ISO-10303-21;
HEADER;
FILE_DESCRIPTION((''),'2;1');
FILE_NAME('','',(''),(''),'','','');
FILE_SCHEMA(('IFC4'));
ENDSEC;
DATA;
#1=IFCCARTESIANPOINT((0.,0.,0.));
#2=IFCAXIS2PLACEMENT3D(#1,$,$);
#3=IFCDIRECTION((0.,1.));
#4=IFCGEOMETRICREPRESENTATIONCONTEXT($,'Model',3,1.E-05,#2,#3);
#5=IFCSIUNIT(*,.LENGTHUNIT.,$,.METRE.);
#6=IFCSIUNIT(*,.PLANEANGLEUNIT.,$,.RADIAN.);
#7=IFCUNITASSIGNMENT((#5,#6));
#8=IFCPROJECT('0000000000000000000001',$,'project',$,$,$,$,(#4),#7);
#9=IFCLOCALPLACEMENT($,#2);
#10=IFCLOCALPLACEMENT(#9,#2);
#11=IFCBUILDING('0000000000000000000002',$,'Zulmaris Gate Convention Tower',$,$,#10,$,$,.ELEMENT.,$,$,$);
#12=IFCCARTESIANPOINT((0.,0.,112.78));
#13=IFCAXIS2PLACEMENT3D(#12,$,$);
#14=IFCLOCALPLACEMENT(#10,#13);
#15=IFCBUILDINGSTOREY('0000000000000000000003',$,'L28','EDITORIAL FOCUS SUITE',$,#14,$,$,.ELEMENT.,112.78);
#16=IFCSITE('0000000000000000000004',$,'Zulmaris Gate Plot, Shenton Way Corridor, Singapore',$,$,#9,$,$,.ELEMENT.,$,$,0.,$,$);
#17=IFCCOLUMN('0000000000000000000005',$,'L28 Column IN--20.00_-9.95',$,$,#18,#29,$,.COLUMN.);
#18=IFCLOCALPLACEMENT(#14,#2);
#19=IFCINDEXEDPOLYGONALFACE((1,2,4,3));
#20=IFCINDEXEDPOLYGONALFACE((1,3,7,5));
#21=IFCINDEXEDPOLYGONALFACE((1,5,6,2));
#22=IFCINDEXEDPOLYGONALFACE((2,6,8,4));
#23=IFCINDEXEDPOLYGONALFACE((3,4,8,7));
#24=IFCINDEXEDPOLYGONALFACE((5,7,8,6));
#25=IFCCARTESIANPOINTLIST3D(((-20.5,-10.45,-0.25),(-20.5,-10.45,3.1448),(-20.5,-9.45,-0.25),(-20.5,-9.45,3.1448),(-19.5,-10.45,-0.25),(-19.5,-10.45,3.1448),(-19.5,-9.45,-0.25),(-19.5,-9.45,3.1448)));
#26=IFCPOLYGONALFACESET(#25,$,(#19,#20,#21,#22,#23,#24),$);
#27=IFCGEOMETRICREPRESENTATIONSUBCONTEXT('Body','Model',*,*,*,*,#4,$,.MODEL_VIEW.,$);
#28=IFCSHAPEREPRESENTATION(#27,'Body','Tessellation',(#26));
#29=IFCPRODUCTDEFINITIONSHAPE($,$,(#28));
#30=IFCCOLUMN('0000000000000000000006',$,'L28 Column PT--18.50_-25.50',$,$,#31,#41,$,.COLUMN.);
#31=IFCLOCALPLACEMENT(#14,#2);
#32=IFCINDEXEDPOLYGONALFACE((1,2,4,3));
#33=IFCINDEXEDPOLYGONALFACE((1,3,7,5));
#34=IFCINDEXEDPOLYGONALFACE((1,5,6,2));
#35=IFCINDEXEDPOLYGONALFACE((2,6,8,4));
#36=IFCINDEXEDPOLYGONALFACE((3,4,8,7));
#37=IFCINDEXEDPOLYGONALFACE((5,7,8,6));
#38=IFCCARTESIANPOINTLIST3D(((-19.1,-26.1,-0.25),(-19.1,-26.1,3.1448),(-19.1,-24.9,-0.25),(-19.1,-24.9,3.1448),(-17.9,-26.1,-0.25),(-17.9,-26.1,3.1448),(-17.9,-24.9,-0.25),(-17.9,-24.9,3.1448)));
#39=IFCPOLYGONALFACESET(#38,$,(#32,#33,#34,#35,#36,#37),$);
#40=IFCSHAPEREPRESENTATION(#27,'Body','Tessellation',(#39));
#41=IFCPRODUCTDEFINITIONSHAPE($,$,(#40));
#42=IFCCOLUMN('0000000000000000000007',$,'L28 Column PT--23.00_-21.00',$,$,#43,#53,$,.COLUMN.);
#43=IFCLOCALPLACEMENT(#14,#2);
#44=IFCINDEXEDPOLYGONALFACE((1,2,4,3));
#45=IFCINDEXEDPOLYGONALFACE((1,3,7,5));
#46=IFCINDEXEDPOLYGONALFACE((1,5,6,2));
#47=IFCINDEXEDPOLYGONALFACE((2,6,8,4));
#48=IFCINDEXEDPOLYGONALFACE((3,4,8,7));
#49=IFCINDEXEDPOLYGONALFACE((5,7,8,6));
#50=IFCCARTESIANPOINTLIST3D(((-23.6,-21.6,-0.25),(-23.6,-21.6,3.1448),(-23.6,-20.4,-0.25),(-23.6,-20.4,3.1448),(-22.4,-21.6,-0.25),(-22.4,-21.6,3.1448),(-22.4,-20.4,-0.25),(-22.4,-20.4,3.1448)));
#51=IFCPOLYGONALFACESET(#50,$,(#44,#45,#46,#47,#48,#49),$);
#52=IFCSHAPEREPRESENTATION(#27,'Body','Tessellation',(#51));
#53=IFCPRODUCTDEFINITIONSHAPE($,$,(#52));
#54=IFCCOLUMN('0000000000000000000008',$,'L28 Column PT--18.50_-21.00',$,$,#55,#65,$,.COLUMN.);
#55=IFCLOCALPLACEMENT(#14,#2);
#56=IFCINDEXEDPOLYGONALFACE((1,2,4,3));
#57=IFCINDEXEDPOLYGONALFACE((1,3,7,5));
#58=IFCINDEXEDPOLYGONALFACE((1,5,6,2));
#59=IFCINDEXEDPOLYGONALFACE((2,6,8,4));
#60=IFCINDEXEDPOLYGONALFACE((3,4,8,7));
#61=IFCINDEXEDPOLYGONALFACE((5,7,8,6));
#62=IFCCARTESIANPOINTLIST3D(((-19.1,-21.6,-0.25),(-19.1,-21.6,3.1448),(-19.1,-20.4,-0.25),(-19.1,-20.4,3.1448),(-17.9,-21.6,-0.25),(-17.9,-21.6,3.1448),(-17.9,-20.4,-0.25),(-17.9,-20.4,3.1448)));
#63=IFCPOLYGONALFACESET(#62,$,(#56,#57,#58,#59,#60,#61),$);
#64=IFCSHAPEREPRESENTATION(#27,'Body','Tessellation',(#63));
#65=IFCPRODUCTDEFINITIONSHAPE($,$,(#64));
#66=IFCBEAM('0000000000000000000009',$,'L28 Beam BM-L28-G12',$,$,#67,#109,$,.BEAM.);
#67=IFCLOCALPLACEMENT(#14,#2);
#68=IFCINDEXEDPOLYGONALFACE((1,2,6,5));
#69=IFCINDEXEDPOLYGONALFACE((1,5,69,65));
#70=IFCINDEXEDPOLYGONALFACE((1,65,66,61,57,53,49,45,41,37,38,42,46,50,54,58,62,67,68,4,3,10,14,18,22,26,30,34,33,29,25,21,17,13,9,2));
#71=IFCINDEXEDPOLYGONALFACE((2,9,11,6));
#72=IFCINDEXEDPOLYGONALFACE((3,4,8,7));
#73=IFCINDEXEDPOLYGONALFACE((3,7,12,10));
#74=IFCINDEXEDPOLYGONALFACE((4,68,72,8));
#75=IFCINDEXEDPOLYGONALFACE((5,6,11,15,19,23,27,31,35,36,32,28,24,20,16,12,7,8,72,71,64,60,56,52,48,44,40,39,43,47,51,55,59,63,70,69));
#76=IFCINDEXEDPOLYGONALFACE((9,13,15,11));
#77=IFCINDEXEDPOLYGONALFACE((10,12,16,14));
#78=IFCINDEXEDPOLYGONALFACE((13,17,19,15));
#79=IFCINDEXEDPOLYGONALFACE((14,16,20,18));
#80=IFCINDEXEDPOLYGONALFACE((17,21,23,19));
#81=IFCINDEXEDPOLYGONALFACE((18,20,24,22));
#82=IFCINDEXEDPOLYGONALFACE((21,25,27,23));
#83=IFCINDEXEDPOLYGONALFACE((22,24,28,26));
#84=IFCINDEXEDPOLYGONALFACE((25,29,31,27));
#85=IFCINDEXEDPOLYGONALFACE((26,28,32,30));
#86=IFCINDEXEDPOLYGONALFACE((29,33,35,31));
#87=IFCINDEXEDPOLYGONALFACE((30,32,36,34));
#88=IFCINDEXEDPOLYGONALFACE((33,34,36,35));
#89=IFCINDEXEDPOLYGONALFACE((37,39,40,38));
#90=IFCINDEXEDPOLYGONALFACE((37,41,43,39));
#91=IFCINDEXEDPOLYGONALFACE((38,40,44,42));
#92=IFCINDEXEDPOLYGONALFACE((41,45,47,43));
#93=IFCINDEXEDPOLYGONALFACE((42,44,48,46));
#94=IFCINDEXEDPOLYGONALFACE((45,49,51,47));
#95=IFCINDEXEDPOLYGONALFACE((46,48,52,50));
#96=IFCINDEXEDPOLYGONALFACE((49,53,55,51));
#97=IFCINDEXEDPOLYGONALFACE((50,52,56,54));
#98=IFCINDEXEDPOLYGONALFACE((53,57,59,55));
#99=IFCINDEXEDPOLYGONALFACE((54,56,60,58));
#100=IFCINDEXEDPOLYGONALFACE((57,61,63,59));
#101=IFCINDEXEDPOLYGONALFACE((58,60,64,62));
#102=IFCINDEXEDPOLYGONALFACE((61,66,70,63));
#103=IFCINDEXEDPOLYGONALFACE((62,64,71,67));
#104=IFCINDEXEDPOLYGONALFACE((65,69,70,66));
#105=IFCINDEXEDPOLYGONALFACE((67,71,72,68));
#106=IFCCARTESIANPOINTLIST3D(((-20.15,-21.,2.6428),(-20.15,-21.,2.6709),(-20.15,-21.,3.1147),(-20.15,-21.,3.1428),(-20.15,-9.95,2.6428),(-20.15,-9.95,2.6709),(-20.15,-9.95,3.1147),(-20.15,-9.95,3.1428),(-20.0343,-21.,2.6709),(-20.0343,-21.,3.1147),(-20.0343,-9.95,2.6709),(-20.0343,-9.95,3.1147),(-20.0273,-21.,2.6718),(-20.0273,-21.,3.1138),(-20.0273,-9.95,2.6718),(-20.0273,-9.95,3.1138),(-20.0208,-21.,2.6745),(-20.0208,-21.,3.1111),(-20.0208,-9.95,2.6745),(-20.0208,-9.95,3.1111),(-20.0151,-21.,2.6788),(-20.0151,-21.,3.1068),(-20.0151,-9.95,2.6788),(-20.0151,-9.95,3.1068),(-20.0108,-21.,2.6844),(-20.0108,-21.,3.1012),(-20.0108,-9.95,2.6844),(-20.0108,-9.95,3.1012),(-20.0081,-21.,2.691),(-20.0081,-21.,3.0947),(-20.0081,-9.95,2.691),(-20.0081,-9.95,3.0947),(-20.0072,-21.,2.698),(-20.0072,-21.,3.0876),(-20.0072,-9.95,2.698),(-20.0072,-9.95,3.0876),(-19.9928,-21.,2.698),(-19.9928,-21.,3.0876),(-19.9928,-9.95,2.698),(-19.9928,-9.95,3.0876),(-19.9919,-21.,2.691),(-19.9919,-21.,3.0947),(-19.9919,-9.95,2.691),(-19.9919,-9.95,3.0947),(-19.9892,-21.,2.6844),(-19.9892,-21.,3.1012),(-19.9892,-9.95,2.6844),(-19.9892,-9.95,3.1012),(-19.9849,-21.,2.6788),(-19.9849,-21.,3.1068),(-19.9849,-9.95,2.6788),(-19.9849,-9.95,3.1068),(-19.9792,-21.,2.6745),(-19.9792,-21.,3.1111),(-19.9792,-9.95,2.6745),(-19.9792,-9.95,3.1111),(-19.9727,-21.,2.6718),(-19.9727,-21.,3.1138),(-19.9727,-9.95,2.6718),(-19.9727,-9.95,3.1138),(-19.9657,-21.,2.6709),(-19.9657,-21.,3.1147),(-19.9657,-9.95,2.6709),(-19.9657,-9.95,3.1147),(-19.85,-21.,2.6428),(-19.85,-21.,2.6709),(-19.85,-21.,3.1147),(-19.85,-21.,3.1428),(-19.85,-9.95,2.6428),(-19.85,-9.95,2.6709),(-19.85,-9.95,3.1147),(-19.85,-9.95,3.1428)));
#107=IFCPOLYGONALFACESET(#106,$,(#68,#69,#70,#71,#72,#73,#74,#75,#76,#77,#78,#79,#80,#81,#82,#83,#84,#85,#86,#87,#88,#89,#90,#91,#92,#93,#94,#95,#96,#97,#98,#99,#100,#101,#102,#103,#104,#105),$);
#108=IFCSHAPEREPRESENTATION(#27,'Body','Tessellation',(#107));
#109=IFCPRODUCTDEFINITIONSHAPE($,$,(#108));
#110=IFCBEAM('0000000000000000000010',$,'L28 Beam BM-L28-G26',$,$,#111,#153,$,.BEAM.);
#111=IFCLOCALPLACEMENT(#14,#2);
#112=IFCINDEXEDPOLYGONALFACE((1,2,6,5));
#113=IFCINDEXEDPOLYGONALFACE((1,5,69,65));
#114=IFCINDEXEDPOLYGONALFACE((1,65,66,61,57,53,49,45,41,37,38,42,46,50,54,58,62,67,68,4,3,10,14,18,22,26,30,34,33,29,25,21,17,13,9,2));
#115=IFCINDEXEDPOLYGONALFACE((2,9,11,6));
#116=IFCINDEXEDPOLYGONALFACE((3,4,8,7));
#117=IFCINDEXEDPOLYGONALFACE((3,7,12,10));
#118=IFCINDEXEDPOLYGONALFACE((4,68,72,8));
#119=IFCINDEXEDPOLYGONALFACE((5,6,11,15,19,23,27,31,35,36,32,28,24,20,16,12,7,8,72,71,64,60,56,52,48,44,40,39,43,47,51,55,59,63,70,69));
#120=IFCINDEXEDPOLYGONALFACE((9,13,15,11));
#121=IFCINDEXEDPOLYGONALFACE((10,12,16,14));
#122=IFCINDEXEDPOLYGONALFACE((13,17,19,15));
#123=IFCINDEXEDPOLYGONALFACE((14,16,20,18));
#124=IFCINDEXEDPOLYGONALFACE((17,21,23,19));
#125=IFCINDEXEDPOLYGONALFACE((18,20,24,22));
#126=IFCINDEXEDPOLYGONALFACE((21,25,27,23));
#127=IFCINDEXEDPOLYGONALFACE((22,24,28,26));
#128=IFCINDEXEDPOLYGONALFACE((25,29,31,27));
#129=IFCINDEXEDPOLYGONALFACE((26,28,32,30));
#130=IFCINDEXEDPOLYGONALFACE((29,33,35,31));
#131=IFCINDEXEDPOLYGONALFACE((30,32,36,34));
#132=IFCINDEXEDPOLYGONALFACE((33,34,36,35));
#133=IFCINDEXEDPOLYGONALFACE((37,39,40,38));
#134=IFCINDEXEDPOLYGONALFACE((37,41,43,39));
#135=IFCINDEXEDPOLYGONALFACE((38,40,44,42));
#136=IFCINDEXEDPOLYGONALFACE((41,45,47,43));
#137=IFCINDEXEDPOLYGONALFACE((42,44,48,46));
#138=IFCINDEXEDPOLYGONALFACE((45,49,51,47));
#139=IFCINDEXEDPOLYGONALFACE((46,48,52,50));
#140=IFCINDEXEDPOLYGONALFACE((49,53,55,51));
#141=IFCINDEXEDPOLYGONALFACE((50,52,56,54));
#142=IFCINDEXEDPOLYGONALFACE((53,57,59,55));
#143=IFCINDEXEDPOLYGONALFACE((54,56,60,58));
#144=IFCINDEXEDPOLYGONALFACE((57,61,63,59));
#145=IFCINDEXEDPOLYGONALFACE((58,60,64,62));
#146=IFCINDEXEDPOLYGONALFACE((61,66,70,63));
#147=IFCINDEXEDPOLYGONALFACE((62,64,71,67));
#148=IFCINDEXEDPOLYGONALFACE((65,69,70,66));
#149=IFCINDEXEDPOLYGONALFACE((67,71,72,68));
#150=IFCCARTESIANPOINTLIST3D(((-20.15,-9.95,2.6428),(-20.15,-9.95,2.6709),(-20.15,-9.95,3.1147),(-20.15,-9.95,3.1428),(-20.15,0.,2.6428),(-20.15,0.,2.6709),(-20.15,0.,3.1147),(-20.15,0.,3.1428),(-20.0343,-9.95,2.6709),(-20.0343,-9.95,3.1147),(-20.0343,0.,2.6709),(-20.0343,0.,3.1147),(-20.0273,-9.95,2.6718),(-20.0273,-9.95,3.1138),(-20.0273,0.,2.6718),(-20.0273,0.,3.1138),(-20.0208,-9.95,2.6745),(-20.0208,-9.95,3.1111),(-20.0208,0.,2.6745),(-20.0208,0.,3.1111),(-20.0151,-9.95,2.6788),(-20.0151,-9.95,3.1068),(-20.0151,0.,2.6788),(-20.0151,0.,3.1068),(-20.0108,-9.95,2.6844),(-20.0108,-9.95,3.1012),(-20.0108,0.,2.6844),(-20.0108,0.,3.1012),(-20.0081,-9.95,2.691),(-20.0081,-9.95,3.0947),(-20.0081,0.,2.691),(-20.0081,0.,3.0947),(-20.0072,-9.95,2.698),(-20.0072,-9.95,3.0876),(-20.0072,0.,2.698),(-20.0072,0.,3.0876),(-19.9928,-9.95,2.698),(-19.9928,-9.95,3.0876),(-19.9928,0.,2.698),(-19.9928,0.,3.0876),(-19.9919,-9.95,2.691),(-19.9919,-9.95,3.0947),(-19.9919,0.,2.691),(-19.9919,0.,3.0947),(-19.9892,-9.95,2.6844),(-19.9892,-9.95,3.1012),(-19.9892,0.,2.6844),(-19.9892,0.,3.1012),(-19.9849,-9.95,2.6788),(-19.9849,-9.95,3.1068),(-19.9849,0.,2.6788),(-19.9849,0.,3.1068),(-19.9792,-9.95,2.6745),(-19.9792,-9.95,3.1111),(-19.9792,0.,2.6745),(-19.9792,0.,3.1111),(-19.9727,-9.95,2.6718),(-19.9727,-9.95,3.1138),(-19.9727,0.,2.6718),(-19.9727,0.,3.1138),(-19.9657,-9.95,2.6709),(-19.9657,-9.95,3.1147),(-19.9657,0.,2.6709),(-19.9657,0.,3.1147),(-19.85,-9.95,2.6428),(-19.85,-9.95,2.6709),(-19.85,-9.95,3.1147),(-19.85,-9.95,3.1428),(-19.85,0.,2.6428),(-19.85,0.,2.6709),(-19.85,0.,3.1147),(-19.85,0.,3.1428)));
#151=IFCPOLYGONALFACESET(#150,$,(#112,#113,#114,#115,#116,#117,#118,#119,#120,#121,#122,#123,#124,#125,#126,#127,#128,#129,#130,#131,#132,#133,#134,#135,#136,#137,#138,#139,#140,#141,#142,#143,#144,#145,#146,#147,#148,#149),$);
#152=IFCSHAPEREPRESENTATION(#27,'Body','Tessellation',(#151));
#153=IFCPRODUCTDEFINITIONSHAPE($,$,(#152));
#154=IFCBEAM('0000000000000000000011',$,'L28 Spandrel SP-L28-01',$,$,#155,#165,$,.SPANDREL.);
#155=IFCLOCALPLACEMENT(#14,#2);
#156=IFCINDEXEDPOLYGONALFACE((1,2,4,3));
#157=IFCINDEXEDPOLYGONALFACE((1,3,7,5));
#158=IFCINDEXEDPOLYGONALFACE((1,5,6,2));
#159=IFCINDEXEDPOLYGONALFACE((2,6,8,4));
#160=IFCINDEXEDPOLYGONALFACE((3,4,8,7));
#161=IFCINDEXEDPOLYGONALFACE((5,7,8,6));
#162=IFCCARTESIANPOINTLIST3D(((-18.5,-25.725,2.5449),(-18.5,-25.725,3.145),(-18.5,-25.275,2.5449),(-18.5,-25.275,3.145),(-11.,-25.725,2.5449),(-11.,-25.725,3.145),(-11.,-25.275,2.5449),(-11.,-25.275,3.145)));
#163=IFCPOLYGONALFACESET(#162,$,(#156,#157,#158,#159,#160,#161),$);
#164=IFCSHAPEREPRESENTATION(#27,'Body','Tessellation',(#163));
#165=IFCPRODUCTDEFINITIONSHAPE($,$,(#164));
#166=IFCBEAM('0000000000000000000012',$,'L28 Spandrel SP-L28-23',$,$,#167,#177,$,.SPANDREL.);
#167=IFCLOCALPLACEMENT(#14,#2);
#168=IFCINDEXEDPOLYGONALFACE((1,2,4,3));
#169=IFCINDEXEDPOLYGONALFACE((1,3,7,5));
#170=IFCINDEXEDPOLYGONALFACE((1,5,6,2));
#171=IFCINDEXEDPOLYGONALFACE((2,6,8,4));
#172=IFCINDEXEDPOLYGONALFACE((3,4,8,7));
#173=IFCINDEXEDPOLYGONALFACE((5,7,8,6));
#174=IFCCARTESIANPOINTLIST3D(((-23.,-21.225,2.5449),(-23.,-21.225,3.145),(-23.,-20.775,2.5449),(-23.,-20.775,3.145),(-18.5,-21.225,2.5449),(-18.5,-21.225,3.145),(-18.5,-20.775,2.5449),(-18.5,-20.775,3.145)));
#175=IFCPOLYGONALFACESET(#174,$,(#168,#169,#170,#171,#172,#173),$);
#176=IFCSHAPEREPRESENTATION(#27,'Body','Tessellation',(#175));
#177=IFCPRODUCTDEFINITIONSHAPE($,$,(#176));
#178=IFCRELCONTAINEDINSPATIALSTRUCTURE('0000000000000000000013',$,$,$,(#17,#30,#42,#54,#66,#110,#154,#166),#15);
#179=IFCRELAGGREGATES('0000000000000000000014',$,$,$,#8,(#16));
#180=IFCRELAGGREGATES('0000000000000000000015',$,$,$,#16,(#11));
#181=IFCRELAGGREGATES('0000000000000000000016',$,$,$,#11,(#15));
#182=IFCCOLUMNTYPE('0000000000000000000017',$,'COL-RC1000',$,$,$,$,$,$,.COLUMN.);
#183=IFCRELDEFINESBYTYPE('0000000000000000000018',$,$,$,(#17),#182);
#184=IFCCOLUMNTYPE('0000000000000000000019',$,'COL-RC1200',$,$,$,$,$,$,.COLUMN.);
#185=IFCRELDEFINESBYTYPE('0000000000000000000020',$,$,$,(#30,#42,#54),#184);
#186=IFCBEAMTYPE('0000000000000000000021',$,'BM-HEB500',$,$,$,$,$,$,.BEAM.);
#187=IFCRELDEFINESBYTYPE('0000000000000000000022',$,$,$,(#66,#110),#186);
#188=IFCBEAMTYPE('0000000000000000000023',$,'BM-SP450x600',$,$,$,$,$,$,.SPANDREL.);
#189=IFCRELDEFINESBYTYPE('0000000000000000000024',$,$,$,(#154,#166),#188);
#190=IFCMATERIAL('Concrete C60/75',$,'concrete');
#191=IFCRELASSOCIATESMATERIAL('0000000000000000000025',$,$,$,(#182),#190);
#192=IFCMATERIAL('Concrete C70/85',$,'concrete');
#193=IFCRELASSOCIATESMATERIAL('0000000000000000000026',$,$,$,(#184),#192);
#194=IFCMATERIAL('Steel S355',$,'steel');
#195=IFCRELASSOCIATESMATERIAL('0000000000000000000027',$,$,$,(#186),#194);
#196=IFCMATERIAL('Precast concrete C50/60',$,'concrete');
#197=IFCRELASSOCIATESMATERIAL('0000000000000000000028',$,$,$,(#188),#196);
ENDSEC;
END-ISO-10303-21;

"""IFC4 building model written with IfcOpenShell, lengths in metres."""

from ifc_helpers import new_model, si_unit, direction, frame, origin, origin_2d, place, context, subcontext, project, spatial, rectangle, i_section, extrude, material, material_profile, profile_set, type_object, element, save


model = new_model("IFC4")

# Units and contexts
model_context = context("Model", 3, precision=1e-05, world=origin(), true_north=direction((0.0, 1.0)))
body_context = subcontext(model_context, "Body", "Model", "MODEL_VIEW")
ifc_project = project(units=[si_unit("LENGTHUNIT", "METRE"), si_unit("PLANEANGLEUNIT", "RADIAN")], contexts=[model_context])

# Site, building, storey
site_placement = place(None, origin())
site = spatial("IfcSite", under=ifc_project, at=site_placement, Name="Zulmaris Gate Plot, Shenton Way Corridor, Singapore", CompositionType="ELEMENT", RefElevation=0.0)
building_placement = place(site_placement, origin())
building = spatial("IfcBuilding", under=site, at=building_placement, Name="Zulmaris Gate Convention Tower", CompositionType="ELEMENT")
storey_placement = place(building_placement, frame((0.0, 0.0, 112.78)))
storey = spatial("IfcBuildingStorey", under=building, at=storey_placement, Name="L28", Description="EDITORIAL FOCUS SUITE", CompositionType="ELEMENT", Elevation=112.78)

# Columns
ifc_material_1 = material(Name="Concrete C60/75", Category="concrete")
ifc_material_profile_1 = material_profile(ifc_material_1, rectangle(XDim=1.0, YDim=1.0, at=origin_2d()), Name="RC COL 1000x1000")
ifc_profile_set_1 = profile_set([ifc_material_profile_1], Name="Concrete C60/75")
column_type_1 = type_object("IfcColumnType", Name="COL-RC1000", PredefinedType="COLUMN", material=ifc_profile_set_1)
column_placement = place(storey_placement, frame((-20.0, -9.95, -0.25), z_axis=(0.0, 0.0, 1.0), x_axis=(1.0, 0.0, 0.0)))
element("IfcColumn", 1, at=column_placement, inside=storey, type_object=column_type_1, Name="L28 Column IN--20.00_-9.95", PredefinedType="COLUMN", context=body_context, shape_type="SweptSolid", body=[
    extrude(rectangle(XDim=1.0, YDim=1.0, at=origin_2d()), origin(), (0.0, 0.0, 1.0), 3.3948),
])
ifc_material_2 = material(Name="Concrete C70/85", Category="concrete")
ifc_material_profile_2 = material_profile(ifc_material_2, rectangle(XDim=1.2, YDim=1.2, at=origin_2d()), Name="RC COL 1200x1200")
ifc_profile_set_2 = profile_set([ifc_material_profile_2], Name="Concrete C70/85")
column_type_2 = type_object("IfcColumnType", Name="COL-RC1200", PredefinedType="COLUMN", material=ifc_profile_set_2)
for number, where, z_axis, x_axis, name in (
    (2, (-18.5, -25.5, -0.25), (0.0, 0.0, 1.0), (1.0, 0.0, 0.0), "L28 Column PT--18.50_-25.50"),
    (3, (-23.0, -21.0, -0.25), (0.0, 0.0, 1.0), (1.0, 0.0, 0.0), "L28 Column PT--23.00_-21.00"),
    (4, (-18.5, -21.0, -0.25), (0.0, 0.0, 1.0), (1.0, 0.0, 0.0), "L28 Column PT--18.50_-21.00"),
):
    element("IfcColumn", number, at=place(storey_placement, frame(where, z_axis=z_axis, x_axis=x_axis)), inside=storey, type_object=column_type_2, Name=name, PredefinedType="COLUMN", context=body_context, shape_type="SweptSolid", body=[
        extrude(rectangle(XDim=1.2, YDim=1.2, at=origin_2d()), origin(), (0.0, 0.0, 1.0), 3.3948),
    ])

# Beams
ifc_material_3 = material(Name="Steel S355", Category="steel")
ifc_material_profile_3 = material_profile(ifc_material_3, i_section(OverallWidth=0.3, OverallDepth=0.5, WebThickness=0.0144, FlangeThickness=0.0281, FilletRadius=0.0271, at=origin_2d()), Name="HEB 500")
ifc_profile_set_3 = profile_set([ifc_material_profile_3], Name="Steel S355")
beam_type_1 = type_object("IfcBeamType", Name="BM-HEB500", PredefinedType="BEAM", material=ifc_profile_set_3)
beam_1_placement = place(storey_placement, frame((-20.0, -21.0, 2.8928), z_axis=(0.0, 1.0, 0.0), x_axis=(-1.0, 0.0, 0.0)))
element("IfcBeam", 5, at=beam_1_placement, inside=storey, type_object=beam_type_1, Name="L28 Beam BM-L28-G12", PredefinedType="BEAM", context=body_context, shape_type="SweptSolid", body=[
    extrude(i_section(OverallWidth=0.3, OverallDepth=0.5, WebThickness=0.0144, FlangeThickness=0.0281, FilletRadius=0.0271, at=origin_2d()), origin(), (0.0, 0.0, 1.0), 11.05),
])
beam_2_placement = place(storey_placement, frame((-20.0, -9.95, 2.8928), z_axis=(0.0, 1.0, 0.0), x_axis=(-1.0, 0.0, 0.0)))
element("IfcBeam", 6, at=beam_2_placement, inside=storey, type_object=beam_type_1, Name="L28 Beam BM-L28-G26", PredefinedType="BEAM", context=body_context, shape_type="SweptSolid", body=[
    extrude(i_section(OverallWidth=0.3, OverallDepth=0.5, WebThickness=0.0144, FlangeThickness=0.0281, FilletRadius=0.0271, at=origin_2d()), origin(), (0.0, 0.0, 1.0), 9.95),
])
ifc_material_4 = material(Name="Precast concrete C50/60", Category="concrete")
ifc_material_profile_4 = material_profile(ifc_material_4, rectangle(XDim=0.45, YDim=0.6001, at=origin_2d()), Name="RC SPANDREL 450x600")
ifc_profile_set_4 = profile_set([ifc_material_profile_4], Name="Precast concrete C50/60")
beam_type_2 = type_object("IfcBeamType", Name="BM-SP450x600", PredefinedType="SPANDREL", material=ifc_profile_set_4)
beam_3_placement = place(storey_placement, frame((-18.5, -25.5, 2.845), z_axis=(1.0, 0.0, 0.0), x_axis=(0.0, 1.0, 0.0)))
element("IfcBeam", 7, at=beam_3_placement, inside=storey, type_object=beam_type_2, Name="L28 Spandrel SP-L28-01", PredefinedType="SPANDREL", context=body_context, shape_type="SweptSolid", body=[
    extrude(rectangle(XDim=0.45, YDim=0.6001, at=origin_2d()), origin(), (0.0, 0.0, 1.0), 7.5),
])
beam_4_placement = place(storey_placement, frame((-23.0, -21.0, 2.845), z_axis=(1.0, 0.0, 0.0), x_axis=(0.0, 1.0, 0.0)))
element("IfcBeam", 8, at=beam_4_placement, inside=storey, type_object=beam_type_2, Name="L28 Spandrel SP-L28-23", PredefinedType="SPANDREL", context=body_context, shape_type="SweptSolid", body=[
    extrude(rectangle(XDim=0.45, YDim=0.6001, at=origin_2d()), origin(), (0.0, 0.0, 1.0), 4.5),
])

save(model, "model.ifc")
